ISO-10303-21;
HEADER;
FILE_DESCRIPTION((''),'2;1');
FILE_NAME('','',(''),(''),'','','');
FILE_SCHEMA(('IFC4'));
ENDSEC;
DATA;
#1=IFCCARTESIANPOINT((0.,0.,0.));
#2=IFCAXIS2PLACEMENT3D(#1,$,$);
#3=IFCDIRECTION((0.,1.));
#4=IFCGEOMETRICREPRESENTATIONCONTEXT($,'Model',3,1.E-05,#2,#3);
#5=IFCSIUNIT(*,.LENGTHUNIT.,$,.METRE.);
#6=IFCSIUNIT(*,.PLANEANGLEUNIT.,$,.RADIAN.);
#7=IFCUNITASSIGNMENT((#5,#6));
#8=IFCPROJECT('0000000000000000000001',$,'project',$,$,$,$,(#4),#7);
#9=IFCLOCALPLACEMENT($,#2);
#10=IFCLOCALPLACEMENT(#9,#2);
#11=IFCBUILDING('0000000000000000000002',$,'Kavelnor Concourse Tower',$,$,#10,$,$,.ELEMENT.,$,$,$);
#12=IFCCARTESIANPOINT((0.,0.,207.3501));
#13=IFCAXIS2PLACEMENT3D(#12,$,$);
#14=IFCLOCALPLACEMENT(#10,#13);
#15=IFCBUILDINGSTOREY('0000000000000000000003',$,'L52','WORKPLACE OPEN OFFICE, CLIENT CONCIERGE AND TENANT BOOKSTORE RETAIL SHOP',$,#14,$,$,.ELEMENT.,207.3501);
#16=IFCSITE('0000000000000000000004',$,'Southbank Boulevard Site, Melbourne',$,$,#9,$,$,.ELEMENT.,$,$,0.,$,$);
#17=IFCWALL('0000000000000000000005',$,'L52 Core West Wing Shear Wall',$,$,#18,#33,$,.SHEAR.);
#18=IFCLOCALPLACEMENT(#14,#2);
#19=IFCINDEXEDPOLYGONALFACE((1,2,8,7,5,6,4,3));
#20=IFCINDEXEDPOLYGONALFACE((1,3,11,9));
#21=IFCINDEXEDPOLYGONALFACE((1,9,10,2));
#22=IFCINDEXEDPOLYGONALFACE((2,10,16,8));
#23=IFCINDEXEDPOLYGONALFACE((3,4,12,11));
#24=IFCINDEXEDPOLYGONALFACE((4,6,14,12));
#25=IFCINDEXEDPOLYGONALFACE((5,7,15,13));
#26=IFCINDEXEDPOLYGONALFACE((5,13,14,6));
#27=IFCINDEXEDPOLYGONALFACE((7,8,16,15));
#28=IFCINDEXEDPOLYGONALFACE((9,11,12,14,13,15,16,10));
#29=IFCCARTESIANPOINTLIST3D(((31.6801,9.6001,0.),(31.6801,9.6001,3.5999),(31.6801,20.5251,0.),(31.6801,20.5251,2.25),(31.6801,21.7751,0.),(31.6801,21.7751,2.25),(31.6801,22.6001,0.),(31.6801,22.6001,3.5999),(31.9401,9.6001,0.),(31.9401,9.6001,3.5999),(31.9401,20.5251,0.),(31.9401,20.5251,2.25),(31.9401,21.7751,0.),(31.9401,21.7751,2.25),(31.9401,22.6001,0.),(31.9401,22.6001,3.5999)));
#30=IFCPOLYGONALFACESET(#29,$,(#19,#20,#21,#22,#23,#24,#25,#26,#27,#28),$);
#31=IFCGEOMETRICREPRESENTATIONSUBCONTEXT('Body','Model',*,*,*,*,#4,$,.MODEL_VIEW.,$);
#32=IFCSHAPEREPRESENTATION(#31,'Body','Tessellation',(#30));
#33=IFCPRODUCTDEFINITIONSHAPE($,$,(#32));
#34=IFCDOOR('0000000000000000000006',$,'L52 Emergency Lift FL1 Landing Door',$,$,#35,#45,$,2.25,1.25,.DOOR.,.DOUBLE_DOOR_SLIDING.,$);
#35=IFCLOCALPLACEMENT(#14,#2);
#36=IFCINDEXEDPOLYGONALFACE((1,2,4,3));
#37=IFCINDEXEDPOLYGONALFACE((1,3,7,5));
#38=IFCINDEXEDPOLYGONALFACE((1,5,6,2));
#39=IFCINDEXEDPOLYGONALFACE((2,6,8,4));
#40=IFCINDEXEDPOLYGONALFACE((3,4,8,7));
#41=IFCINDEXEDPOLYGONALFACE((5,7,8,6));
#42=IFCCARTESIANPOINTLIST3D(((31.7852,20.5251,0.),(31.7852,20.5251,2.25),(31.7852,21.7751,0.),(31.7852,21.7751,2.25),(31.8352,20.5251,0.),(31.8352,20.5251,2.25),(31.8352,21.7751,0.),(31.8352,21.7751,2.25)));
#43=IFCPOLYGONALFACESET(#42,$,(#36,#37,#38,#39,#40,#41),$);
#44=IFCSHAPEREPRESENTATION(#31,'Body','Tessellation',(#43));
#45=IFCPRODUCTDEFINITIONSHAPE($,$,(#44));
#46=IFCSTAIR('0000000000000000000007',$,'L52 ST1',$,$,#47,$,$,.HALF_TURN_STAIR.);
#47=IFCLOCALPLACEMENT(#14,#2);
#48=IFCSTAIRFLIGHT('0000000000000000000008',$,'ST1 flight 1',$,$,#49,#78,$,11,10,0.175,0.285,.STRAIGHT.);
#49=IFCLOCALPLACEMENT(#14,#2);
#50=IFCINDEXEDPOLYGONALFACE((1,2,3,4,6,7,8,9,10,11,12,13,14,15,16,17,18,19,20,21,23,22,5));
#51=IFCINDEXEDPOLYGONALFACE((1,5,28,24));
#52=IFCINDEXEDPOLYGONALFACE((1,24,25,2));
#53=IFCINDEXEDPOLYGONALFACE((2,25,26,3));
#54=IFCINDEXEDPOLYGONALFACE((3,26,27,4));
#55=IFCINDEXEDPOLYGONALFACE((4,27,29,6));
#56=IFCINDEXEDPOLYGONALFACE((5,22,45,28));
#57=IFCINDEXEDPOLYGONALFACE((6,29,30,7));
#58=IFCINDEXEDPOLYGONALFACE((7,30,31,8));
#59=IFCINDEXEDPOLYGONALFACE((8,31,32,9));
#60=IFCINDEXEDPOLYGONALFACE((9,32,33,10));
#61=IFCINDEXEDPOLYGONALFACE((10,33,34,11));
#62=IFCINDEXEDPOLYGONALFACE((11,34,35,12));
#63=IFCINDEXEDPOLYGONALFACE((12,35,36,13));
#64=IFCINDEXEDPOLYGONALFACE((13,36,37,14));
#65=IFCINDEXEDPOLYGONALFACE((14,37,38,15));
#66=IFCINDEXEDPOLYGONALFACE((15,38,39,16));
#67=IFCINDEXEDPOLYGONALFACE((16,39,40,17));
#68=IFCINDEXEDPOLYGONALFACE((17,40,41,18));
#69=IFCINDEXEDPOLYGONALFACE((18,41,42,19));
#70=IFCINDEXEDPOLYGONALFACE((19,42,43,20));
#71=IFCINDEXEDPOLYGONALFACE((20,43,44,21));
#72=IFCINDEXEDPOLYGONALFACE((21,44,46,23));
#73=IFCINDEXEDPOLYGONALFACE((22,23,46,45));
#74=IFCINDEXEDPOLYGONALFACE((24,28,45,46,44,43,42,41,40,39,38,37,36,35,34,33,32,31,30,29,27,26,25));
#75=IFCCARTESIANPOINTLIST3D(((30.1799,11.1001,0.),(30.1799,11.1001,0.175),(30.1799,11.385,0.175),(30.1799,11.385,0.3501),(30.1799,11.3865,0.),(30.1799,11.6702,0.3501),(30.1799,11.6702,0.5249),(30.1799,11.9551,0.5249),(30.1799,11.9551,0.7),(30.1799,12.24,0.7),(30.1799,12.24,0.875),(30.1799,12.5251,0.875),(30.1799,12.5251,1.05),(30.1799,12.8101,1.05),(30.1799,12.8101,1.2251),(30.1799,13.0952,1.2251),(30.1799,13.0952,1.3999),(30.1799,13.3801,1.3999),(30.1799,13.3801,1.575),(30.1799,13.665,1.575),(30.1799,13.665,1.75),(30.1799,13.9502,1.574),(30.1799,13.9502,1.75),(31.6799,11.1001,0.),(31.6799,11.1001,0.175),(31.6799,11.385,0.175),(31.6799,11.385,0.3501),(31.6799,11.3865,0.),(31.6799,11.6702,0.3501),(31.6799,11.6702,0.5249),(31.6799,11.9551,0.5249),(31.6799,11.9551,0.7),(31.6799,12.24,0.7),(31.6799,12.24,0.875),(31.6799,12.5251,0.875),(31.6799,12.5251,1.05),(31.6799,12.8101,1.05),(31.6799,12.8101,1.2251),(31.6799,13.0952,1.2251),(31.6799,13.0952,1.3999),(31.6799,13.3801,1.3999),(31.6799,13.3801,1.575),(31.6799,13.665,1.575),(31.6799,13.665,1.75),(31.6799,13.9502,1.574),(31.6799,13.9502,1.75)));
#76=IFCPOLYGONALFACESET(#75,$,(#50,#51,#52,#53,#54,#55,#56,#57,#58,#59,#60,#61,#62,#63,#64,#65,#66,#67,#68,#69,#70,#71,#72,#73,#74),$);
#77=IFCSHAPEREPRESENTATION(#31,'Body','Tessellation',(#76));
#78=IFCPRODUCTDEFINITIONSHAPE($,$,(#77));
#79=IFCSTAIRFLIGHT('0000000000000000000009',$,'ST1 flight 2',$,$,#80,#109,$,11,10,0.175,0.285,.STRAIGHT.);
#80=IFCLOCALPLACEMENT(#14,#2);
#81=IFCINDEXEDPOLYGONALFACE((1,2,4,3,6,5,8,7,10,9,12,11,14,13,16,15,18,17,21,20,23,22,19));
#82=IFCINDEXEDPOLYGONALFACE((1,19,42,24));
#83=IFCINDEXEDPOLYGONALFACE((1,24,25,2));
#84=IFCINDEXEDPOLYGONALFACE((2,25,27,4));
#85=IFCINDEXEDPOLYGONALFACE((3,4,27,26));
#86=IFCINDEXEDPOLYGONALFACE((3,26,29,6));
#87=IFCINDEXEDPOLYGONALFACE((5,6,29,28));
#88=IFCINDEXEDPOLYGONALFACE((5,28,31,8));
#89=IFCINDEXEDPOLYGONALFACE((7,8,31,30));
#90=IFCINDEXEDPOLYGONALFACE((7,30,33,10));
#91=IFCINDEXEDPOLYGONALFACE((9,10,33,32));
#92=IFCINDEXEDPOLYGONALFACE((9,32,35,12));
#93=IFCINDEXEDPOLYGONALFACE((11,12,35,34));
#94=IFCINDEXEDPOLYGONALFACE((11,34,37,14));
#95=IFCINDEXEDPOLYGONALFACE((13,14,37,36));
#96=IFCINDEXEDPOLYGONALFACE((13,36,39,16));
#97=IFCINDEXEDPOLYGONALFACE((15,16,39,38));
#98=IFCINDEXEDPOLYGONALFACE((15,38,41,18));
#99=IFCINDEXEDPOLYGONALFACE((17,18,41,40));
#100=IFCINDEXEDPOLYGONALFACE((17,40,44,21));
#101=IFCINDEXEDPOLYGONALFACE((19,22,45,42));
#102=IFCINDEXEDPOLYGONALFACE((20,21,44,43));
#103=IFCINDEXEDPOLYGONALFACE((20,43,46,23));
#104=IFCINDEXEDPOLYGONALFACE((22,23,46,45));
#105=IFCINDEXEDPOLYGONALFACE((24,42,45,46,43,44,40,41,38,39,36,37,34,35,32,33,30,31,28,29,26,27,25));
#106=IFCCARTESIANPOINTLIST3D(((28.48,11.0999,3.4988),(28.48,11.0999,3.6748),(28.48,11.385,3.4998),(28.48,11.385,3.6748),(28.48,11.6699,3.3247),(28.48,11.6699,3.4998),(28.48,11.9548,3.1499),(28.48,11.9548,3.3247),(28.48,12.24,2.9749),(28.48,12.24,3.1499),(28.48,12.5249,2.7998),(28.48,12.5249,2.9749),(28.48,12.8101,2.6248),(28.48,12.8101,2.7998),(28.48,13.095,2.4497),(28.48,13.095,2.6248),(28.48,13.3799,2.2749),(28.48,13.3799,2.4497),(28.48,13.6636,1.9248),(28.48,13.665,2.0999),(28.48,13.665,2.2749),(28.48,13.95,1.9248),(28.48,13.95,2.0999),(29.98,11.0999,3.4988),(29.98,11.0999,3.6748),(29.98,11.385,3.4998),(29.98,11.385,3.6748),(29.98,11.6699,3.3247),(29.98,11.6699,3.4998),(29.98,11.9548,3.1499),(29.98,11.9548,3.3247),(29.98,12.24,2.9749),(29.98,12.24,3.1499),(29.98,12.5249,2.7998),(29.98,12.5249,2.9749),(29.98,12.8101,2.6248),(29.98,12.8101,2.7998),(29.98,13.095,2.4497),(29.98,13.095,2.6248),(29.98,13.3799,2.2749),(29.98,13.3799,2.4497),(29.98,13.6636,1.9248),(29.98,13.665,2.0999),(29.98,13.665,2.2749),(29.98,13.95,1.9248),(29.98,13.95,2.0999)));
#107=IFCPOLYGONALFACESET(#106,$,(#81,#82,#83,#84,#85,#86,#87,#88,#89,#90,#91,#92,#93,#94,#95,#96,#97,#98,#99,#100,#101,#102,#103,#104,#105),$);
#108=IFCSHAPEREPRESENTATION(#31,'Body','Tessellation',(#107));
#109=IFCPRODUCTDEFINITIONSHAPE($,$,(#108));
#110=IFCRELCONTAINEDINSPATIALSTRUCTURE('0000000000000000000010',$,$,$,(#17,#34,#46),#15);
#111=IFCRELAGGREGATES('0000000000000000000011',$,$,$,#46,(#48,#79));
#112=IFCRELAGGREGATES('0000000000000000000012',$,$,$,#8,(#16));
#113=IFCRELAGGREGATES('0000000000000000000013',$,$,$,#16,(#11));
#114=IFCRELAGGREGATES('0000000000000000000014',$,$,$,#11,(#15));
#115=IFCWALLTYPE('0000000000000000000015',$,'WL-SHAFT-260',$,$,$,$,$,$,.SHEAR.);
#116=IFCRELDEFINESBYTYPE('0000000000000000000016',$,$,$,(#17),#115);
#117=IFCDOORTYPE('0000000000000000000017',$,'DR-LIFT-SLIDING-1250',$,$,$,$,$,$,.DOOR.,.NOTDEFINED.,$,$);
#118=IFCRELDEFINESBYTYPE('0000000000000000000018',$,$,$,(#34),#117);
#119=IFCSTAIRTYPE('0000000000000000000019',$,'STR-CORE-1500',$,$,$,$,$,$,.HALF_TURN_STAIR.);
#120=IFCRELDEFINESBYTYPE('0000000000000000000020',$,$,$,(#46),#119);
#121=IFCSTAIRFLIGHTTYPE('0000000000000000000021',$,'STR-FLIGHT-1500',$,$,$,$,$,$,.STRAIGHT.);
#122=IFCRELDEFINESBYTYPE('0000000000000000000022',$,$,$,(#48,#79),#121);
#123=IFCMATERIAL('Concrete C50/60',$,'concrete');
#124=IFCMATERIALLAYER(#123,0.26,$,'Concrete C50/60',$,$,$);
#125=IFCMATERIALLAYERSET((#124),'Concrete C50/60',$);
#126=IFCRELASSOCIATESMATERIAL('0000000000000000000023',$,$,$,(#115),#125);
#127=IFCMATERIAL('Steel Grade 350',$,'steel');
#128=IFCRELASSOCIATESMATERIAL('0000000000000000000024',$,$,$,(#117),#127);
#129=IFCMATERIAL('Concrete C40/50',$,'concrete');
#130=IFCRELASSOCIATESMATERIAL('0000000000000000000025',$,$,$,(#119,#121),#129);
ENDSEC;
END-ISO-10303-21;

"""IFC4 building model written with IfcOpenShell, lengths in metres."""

from ifc_helpers import new_model, si_unit, direction, frame, frame_2d, origin, place, context, subcontext, project, spatial, polyline, rectangle, outline, extrude, material, layer, layer_set, type_object, element, fill, aggregate, save


model = new_model("IFC4")

# Units and contexts
model_context = context("Model", 3, precision=1e-05, world=origin(), true_north=direction((0.0, 1.0)))
body_context = subcontext(model_context, "Body", "Model", "MODEL_VIEW")
ifc_project = project(units=[si_unit("LENGTHUNIT", "METRE"), si_unit("PLANEANGLEUNIT", "RADIAN")], contexts=[model_context])

# Site, building, storey
site_placement = place(None, origin())
site = spatial("IfcSite", under=ifc_project, at=site_placement, Name="Southbank Boulevard Site, Melbourne", CompositionType="ELEMENT", RefElevation=0.0)
building_placement = place(site_placement, origin())
building = spatial("IfcBuilding", under=site, at=building_placement, Name="Kavelnor Concourse Tower", CompositionType="ELEMENT")
storey_placement = place(building_placement, frame((0.0, 0.0, 207.3501)))
storey = spatial("IfcBuildingStorey", under=building, at=storey_placement, Name="L52", Description="WORKPLACE OPEN OFFICE, CLIENT CONCIERGE AND TENANT BOOKSTORE RETAIL SHOP", CompositionType="ELEMENT", Elevation=207.3501)

# Shared definitions
ifc_material_1 = material(Name="Steel Grade 350", Category="steel")

# Shared definitions
ifc_material_2 = material(Name="Concrete C50/60", Category="concrete")

# Wall, opening, door
ifc_layer_1 = layer(ifc_material_2, 0.26, Name="Concrete C50/60")
ifc_layer_set_1 = layer_set([ifc_layer_1], Name="Concrete C50/60")
wall_type_1 = type_object("IfcWallType", Name="WL-SHAFT-260", PredefinedType="SHEAR", material=ifc_layer_set_1)
wall_1_placement = place(storey_placement, frame((31.8101, 9.6001, 0.0), z_axis=(0.0, 0.0, 1.0), x_axis=(0.0, 1.0, 0.0)))
wall_1 = element("IfcWall", 1, at=wall_1_placement, inside=storey, type_object=wall_type_1, Name="L52 Core West Wing Shear Wall", PredefinedType="SHEAR", context=body_context, shape_type="SweptSolid", body=[
    extrude(rectangle(XDim=13.0, YDim=0.26, at=frame_2d((6.5, 0.0))), origin(), (0.0, 0.0, 1.0), 3.5999),
])
opening_1_placement = place(wall_1_placement, frame((10.925, 0.0, 0.0)))
opening_1 = element("IfcOpeningElement", 2, at=opening_1_placement, cuts=wall_1, PredefinedType="OPENING", context=body_context, shape_type="SweptSolid", body=[
    extrude(rectangle(XDim=1.25, YDim=2.25, at=frame_2d((0.625, 1.125))), frame((0.0, 0.1401, 0.0), z_axis=(0.0, -1.0, 0.0), x_axis=(1.0, 0.0, 0.0)), (0.0, 0.0, 1.0), 0.28),
])
door_type_1 = type_object("IfcDoorType", Name="DR-LIFT-SLIDING-1250", OperationType="NOTDEFINED", PredefinedType="DOOR", material=ifc_material_1)
door_1_placement = place(opening_1_placement, origin())
door_1 = element("IfcDoor", 3, at=door_1_placement, inside=storey, type_object=door_type_1, Name="L52 Emergency Lift FL1 Landing Door", OperationType="DOUBLE_DOOR_SLIDING", OverallHeight=2.25, OverallWidth=1.25, PredefinedType="DOOR", context=body_context, shape_type="SweptSolid", body=[
    extrude(rectangle(XDim=1.25, YDim=2.25, at=frame_2d((0.625, 1.125))), frame((0.0, 0.0249, 0.0), z_axis=(0.0, -1.0, 0.0), x_axis=(1.0, 0.0, 0.0)), (0.0, 0.0, 1.0), 0.05),
])
fill(opening_1, door_1)

# Stair, stair flights
ifc_material_3 = material(Name="Concrete C40/50", Category="concrete")
stair_type = type_object("IfcStairType", Name="STR-CORE-1500", PredefinedType="HALF_TURN_STAIR", material=ifc_material_3)
stair_placement = place(storey_placement, origin())
stair = element("IfcStair", 4, at=stair_placement, inside=storey, type_object=stair_type, Name="L52 ST1", PredefinedType="HALF_TURN_STAIR")
stair_flight_type = type_object("IfcStairFlightType", Name="STR-FLIGHT-1500", PredefinedType="STRAIGHT", material=ifc_material_3)
stair_flight_1_placement = place(storey_placement, frame((30.9299, 11.1001, 0.0), z_axis=(0.0, 0.0, 1.0), x_axis=(0.0, 1.0, 0.0)))
stair_flight_1 = element("IfcStairFlight", 5, at=stair_flight_1_placement, type_object=stair_flight_type, Name="ST1 flight 1", NumberOfRisers=11, NumberOfTreads=10, PredefinedType="STRAIGHT", RiserHeight=0.175, TreadLength=0.285, context=body_context, shape_type="SweptSolid", body=[
    extrude(outline(polyline([(0.0, 0.0), (0.0, 0.175), (0.2849, 0.175), (0.2849, 0.3501), (0.5701, 0.3501), (0.5701, 0.5249), (0.855, 0.5249), (0.855, 0.7), (1.1399, 0.7), (1.1399, 0.875), (1.425, 0.875), (1.425, 1.05), (1.71, 1.05), (1.71, 1.2251), (1.9951, 1.2251), (1.9951, 1.3999), (2.28, 1.3999), (2.28, 1.575), (2.5649, 1.575), (2.5649, 1.75), (2.8501, 1.75), (2.8501, 1.925), (2.8501, 1.574), (0.2864, 0.0), (0.0, 0.0)])), frame((0.0, 0.75, 0.0), z_axis=(0.0, -1.0, 0.0), x_axis=(1.0, 0.0, 0.0)), (0.0, 0.0, 1.0), 1.5),
])
stair_flight_2_placement = place(storey_placement, frame((29.23, 13.95, 1.9248), z_axis=(0.0, 0.0, 1.0), x_axis=(0.0, -1.0, 0.0)))
stair_flight_2 = element("IfcStairFlight", 6, at=stair_flight_2_placement, type_object=stair_flight_type, Name="ST1 flight 2", NumberOfRisers=11, NumberOfTreads=10, PredefinedType="STRAIGHT", RiserHeight=0.175, TreadLength=0.285, context=body_context, shape_type="SweptSolid", body=[
    extrude(outline(polyline([(0.0, 0.0), (0.0, 0.175), (0.2849, 0.175), (0.2849, 0.3501), (0.5701, 0.3501), (0.5701, 0.5249), (0.855, 0.5249), (0.855, 0.7), (1.1399, 0.7), (1.1399, 0.875), (1.425, 0.875), (1.425, 1.05), (1.71, 1.05), (1.71, 1.2251), (1.9951, 1.2251), (1.9951, 1.3999), (2.28, 1.3999), (2.28, 1.575), (2.5649, 1.575), (2.5649, 1.75), (2.8501, 1.75), (2.8501, 1.925), (2.8501, 1.574), (0.2864, 0.0), (0.0, 0.0)])), frame((0.0, 0.75, 0.0), z_axis=(0.0, -1.0, 0.0), x_axis=(1.0, 0.0, 0.0)), (0.0, 0.0, 1.0), 1.5),
])
aggregate(stair, [stair_flight_1, stair_flight_2])

save(model, "model.ifc")
